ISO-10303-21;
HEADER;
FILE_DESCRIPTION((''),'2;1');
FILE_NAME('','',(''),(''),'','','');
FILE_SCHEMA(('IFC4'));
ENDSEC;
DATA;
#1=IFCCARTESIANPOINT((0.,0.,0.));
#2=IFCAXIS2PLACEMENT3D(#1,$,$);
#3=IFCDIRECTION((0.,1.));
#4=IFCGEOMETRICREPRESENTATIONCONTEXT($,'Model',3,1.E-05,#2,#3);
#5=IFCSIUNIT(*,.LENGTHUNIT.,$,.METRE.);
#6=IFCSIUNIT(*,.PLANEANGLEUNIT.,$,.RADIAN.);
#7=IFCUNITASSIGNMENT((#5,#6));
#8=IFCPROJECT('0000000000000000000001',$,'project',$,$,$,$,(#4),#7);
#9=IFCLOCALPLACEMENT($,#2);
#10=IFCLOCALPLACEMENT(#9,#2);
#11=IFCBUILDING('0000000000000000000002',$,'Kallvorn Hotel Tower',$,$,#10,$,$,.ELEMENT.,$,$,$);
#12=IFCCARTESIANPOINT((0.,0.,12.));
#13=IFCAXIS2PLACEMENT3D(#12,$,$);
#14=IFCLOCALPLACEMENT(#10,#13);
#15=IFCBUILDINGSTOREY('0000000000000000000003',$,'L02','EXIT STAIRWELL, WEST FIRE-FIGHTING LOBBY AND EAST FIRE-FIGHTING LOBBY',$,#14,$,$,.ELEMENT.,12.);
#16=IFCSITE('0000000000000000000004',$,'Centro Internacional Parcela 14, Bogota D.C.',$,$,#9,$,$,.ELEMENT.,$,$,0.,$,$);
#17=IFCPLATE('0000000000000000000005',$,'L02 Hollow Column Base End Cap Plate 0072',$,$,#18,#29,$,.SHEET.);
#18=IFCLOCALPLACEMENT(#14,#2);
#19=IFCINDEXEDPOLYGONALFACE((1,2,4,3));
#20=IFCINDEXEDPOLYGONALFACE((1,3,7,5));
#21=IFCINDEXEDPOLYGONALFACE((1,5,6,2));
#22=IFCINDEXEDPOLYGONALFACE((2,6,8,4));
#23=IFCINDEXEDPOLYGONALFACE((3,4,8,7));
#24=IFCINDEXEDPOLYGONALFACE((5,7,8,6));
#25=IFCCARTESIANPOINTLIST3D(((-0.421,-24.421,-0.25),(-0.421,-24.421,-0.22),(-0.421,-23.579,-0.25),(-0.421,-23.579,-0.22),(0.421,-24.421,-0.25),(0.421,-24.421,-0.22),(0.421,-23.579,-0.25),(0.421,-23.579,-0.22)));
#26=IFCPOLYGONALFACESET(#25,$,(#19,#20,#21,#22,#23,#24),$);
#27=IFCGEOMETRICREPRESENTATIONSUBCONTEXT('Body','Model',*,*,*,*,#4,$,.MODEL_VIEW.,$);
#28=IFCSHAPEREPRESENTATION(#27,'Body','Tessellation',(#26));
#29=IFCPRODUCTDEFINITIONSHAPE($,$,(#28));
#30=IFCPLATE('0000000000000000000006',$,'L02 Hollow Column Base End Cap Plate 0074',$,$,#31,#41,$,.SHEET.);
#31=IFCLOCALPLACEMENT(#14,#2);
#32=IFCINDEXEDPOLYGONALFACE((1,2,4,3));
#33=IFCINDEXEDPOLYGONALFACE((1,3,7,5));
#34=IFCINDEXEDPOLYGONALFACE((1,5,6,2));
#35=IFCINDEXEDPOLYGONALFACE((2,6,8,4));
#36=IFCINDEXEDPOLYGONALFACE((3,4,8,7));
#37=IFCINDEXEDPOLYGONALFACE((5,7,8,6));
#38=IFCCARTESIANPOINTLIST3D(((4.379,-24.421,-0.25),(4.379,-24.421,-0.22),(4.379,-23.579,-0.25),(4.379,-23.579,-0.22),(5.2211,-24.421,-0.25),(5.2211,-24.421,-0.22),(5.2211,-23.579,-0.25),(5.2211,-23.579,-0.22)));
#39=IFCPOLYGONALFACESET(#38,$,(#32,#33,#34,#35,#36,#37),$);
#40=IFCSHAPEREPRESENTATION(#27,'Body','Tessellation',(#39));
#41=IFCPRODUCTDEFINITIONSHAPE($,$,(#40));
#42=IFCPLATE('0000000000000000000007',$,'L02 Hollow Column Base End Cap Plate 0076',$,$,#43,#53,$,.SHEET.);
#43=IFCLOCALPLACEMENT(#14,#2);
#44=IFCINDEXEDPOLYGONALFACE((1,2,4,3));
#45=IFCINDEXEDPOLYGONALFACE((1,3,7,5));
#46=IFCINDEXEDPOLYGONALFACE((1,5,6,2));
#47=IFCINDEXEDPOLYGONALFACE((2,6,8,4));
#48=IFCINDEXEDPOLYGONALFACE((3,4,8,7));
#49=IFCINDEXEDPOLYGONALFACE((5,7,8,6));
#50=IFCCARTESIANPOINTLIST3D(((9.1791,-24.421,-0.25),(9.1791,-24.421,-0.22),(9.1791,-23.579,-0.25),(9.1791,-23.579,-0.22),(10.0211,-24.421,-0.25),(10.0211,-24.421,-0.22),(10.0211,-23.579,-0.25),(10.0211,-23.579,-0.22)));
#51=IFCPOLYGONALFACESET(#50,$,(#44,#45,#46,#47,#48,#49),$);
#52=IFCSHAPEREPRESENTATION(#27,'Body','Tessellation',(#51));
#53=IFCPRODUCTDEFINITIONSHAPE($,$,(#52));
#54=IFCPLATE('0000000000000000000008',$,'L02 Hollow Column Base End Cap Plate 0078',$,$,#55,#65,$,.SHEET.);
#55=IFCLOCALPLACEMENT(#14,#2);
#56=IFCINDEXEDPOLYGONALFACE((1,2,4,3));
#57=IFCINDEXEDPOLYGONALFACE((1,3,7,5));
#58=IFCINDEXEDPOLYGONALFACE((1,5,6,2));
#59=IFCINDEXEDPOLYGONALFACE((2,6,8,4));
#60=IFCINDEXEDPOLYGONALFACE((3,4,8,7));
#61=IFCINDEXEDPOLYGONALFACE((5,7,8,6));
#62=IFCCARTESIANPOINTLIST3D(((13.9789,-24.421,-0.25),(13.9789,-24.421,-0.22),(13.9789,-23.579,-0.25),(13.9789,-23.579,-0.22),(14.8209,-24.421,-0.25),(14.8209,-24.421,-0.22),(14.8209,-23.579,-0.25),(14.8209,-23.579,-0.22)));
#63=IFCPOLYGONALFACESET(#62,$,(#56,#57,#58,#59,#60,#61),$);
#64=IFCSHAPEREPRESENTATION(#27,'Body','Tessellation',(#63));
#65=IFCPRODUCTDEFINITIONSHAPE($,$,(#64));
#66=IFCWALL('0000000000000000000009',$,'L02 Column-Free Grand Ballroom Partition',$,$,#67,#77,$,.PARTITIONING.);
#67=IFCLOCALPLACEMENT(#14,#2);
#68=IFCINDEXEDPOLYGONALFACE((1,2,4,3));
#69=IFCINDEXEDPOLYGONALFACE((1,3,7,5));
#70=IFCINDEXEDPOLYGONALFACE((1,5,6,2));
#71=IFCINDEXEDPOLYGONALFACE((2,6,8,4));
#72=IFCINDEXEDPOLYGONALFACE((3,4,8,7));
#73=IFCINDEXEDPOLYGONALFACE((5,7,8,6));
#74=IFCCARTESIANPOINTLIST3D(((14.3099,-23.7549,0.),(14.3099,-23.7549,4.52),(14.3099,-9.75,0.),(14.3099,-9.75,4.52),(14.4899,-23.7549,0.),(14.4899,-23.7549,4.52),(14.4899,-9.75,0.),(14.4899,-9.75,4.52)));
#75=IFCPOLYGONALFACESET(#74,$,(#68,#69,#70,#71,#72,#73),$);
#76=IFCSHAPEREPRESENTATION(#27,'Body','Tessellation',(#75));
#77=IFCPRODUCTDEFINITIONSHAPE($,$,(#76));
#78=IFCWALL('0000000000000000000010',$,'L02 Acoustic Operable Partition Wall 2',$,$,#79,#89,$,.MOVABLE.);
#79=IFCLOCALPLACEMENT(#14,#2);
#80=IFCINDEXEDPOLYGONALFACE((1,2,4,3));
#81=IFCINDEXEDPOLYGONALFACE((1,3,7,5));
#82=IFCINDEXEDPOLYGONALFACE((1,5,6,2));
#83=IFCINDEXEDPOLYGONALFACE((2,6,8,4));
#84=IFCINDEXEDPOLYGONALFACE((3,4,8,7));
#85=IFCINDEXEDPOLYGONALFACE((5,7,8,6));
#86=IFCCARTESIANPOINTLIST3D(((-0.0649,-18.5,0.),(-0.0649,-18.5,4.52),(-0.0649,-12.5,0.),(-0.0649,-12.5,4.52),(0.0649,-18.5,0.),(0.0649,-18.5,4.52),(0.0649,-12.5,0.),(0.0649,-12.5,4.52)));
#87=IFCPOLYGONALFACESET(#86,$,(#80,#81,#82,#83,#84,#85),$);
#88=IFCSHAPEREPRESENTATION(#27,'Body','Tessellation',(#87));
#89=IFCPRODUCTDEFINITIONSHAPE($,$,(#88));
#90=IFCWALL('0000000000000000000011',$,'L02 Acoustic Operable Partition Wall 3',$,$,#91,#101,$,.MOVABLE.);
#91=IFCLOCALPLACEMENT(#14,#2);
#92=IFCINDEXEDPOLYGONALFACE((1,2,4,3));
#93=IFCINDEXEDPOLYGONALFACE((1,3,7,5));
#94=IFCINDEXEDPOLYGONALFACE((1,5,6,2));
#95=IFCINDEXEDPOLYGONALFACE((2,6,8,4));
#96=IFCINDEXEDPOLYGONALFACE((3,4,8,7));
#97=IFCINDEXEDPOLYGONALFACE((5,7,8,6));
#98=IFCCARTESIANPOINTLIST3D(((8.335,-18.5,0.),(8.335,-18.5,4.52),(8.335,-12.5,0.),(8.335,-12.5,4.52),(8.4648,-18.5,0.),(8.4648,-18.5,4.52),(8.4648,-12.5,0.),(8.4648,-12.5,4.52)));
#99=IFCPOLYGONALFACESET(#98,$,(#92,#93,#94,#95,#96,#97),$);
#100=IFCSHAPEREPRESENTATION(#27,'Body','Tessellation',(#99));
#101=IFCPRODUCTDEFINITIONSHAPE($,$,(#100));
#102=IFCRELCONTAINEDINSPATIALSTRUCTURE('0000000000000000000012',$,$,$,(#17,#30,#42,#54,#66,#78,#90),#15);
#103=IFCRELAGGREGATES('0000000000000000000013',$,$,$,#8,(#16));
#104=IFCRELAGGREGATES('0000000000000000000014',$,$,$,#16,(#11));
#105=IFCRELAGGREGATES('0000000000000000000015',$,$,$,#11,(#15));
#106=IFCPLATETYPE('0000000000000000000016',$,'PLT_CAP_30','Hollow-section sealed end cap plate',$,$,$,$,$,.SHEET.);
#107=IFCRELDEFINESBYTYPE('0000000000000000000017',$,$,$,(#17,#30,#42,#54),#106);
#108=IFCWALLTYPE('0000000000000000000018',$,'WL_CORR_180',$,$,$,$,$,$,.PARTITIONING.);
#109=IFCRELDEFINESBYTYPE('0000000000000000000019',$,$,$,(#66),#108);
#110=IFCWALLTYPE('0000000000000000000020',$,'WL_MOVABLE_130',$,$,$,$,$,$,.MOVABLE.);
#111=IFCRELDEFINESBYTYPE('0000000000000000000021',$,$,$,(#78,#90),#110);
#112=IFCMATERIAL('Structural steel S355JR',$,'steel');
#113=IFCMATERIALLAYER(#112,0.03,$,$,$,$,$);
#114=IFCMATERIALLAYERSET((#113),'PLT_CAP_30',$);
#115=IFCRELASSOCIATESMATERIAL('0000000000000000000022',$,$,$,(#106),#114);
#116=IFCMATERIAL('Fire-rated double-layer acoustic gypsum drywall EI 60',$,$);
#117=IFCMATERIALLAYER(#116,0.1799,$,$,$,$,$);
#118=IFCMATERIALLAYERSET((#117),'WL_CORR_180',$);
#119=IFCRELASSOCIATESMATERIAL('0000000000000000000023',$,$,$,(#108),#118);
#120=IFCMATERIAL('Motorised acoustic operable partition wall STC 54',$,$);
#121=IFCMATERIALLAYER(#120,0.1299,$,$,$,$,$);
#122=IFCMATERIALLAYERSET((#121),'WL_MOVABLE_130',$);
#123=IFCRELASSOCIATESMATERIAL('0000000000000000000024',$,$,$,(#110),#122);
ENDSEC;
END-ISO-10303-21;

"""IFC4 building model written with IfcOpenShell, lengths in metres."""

from ifc_helpers import new_model, si_unit, direction, frame, frame_2d, origin, origin_2d, place, context, subcontext, project, spatial, rectangle, extrude, material, layer, layer_set, type_object, element, save


model = new_model("IFC4")

# Units and contexts
model_context = context("Model", 3, precision=1e-05, world=origin(), true_north=direction((0.0, 1.0)))
body_context = subcontext(model_context, "Body", "Model", "MODEL_VIEW")
ifc_project = project(units=[si_unit("LENGTHUNIT", "METRE"), si_unit("PLANEANGLEUNIT", "RADIAN")], contexts=[model_context])

# Site, building, storey
site_placement = place(None, origin())
site = spatial("IfcSite", under=ifc_project, at=site_placement, Name="Centro Internacional Parcela 14, Bogota D.C.", CompositionType="ELEMENT", RefElevation=0.0)
building_placement = place(site_placement, origin())
building = spatial("IfcBuilding", under=site, at=building_placement, Name="Kallvorn Hotel Tower", CompositionType="ELEMENT")
storey_placement = place(building_placement, frame((0.0, 0.0, 12.0)))
storey = spatial("IfcBuildingStorey", under=building, at=storey_placement, Name="L02", Description="EXIT STAIRWELL, WEST FIRE-FIGHTING LOBBY AND EAST FIRE-FIGHTING LOBBY", CompositionType="ELEMENT", Elevation=12.0)

# Plates
ifc_material_1 = material(Name="Structural steel S355JR", Category="steel")
ifc_layer_1 = layer(ifc_material_1, 0.03)
ifc_layer_set_1 = layer_set([ifc_layer_1], Name="PLT_CAP_30")
plate_type_1 = type_object("IfcPlateType", Name="PLT_CAP_30", Description="Hollow-section sealed end cap plate", PredefinedType="SHEET", material=ifc_layer_set_1)
for number, where, z_axis, x_axis, name in (
    (1, (0.0, -24.0, -0.25), (0.0, 0.0, 1.0), (1.0, 0.0, 0.0), "L02 Hollow Column Base End Cap Plate 0072"),
    (2, (4.8, -24.0, -0.25), (0.0, 0.0, 1.0), (1.0, 0.0, 0.0), "L02 Hollow Column Base End Cap Plate 0074"),
    (3, (9.6001, -24.0, -0.25), (0.0, 0.0, 1.0), (1.0, 0.0, 0.0), "L02 Hollow Column Base End Cap Plate 0076"),
    (4, (14.3999, -24.0, -0.25), (0.0, 0.0, 1.0), (1.0, 0.0, 0.0), "L02 Hollow Column Base End Cap Plate 0078"),
):
    element("IfcPlate", number, at=place(storey_placement, frame(where, z_axis=z_axis, x_axis=x_axis)), inside=storey, type_object=plate_type_1, Name=name, PredefinedType="SHEET", context=body_context, shape_type="SweptSolid", body=[
        extrude(rectangle(XDim=0.842, YDim=0.842, at=origin_2d()), origin(), (0.0, 0.0, 1.0), 0.03),
    ])

# Walls
ifc_material_2 = material(Name="Fire-rated double-layer acoustic gypsum drywall EI 60")
ifc_layer_2 = layer(ifc_material_2, 0.1799)
ifc_layer_set_2 = layer_set([ifc_layer_2], Name="WL_CORR_180")
wall_type_1 = type_object("IfcWallType", Name="WL_CORR_180", PredefinedType="PARTITIONING", material=ifc_layer_set_2)
wall_placement = place(storey_placement, frame((14.3999, -23.7549, 0.0), z_axis=(0.0, 0.0, 1.0), x_axis=(0.0, 1.0, 0.0)))
element("IfcWall", 5, at=wall_placement, inside=storey, type_object=wall_type_1, Name="L02 Column-Free Grand Ballroom Partition", PredefinedType="PARTITIONING", context=body_context, shape_type="SweptSolid", body=[
    extrude(rectangle(XDim=14.0049, YDim=0.1799, at=frame_2d((7.0024, 0.0))), origin(), (0.0, 0.0, 1.0), 4.52),
])
ifc_material_3 = material(Name="Motorised acoustic operable partition wall STC 54")
ifc_layer_3 = layer(ifc_material_3, 0.1299)
ifc_layer_set_3 = layer_set([ifc_layer_3], Name="WL_MOVABLE_130")
wall_type_2 = type_object("IfcWallType", Name="WL_MOVABLE_130", PredefinedType="MOVABLE", material=ifc_layer_set_3)
for number, where, z_axis, x_axis, name in (
    (6, (0.0, -18.5, 0.0), (0.0, 0.0, 1.0), (0.0, 1.0, 0.0), "L02 Acoustic Operable Partition Wall 2"),
    (7, (8.3999, -18.5, 0.0), (0.0, 0.0, 1.0), (0.0, 1.0, 0.0), "L02 Acoustic Operable Partition Wall 3"),
):
    element("IfcWall", number, at=place(storey_placement, frame(where, z_axis=z_axis, x_axis=x_axis)), inside=storey, type_object=wall_type_2, Name=name, PredefinedType="MOVABLE", context=body_context, shape_type="SweptSolid", body=[
        extrude(rectangle(XDim=6.0, YDim=0.1299, at=frame_2d((3.0, 0.0))), origin(), (0.0, 0.0, 1.0), 4.52),
    ])

save(model, "model.ifc")
